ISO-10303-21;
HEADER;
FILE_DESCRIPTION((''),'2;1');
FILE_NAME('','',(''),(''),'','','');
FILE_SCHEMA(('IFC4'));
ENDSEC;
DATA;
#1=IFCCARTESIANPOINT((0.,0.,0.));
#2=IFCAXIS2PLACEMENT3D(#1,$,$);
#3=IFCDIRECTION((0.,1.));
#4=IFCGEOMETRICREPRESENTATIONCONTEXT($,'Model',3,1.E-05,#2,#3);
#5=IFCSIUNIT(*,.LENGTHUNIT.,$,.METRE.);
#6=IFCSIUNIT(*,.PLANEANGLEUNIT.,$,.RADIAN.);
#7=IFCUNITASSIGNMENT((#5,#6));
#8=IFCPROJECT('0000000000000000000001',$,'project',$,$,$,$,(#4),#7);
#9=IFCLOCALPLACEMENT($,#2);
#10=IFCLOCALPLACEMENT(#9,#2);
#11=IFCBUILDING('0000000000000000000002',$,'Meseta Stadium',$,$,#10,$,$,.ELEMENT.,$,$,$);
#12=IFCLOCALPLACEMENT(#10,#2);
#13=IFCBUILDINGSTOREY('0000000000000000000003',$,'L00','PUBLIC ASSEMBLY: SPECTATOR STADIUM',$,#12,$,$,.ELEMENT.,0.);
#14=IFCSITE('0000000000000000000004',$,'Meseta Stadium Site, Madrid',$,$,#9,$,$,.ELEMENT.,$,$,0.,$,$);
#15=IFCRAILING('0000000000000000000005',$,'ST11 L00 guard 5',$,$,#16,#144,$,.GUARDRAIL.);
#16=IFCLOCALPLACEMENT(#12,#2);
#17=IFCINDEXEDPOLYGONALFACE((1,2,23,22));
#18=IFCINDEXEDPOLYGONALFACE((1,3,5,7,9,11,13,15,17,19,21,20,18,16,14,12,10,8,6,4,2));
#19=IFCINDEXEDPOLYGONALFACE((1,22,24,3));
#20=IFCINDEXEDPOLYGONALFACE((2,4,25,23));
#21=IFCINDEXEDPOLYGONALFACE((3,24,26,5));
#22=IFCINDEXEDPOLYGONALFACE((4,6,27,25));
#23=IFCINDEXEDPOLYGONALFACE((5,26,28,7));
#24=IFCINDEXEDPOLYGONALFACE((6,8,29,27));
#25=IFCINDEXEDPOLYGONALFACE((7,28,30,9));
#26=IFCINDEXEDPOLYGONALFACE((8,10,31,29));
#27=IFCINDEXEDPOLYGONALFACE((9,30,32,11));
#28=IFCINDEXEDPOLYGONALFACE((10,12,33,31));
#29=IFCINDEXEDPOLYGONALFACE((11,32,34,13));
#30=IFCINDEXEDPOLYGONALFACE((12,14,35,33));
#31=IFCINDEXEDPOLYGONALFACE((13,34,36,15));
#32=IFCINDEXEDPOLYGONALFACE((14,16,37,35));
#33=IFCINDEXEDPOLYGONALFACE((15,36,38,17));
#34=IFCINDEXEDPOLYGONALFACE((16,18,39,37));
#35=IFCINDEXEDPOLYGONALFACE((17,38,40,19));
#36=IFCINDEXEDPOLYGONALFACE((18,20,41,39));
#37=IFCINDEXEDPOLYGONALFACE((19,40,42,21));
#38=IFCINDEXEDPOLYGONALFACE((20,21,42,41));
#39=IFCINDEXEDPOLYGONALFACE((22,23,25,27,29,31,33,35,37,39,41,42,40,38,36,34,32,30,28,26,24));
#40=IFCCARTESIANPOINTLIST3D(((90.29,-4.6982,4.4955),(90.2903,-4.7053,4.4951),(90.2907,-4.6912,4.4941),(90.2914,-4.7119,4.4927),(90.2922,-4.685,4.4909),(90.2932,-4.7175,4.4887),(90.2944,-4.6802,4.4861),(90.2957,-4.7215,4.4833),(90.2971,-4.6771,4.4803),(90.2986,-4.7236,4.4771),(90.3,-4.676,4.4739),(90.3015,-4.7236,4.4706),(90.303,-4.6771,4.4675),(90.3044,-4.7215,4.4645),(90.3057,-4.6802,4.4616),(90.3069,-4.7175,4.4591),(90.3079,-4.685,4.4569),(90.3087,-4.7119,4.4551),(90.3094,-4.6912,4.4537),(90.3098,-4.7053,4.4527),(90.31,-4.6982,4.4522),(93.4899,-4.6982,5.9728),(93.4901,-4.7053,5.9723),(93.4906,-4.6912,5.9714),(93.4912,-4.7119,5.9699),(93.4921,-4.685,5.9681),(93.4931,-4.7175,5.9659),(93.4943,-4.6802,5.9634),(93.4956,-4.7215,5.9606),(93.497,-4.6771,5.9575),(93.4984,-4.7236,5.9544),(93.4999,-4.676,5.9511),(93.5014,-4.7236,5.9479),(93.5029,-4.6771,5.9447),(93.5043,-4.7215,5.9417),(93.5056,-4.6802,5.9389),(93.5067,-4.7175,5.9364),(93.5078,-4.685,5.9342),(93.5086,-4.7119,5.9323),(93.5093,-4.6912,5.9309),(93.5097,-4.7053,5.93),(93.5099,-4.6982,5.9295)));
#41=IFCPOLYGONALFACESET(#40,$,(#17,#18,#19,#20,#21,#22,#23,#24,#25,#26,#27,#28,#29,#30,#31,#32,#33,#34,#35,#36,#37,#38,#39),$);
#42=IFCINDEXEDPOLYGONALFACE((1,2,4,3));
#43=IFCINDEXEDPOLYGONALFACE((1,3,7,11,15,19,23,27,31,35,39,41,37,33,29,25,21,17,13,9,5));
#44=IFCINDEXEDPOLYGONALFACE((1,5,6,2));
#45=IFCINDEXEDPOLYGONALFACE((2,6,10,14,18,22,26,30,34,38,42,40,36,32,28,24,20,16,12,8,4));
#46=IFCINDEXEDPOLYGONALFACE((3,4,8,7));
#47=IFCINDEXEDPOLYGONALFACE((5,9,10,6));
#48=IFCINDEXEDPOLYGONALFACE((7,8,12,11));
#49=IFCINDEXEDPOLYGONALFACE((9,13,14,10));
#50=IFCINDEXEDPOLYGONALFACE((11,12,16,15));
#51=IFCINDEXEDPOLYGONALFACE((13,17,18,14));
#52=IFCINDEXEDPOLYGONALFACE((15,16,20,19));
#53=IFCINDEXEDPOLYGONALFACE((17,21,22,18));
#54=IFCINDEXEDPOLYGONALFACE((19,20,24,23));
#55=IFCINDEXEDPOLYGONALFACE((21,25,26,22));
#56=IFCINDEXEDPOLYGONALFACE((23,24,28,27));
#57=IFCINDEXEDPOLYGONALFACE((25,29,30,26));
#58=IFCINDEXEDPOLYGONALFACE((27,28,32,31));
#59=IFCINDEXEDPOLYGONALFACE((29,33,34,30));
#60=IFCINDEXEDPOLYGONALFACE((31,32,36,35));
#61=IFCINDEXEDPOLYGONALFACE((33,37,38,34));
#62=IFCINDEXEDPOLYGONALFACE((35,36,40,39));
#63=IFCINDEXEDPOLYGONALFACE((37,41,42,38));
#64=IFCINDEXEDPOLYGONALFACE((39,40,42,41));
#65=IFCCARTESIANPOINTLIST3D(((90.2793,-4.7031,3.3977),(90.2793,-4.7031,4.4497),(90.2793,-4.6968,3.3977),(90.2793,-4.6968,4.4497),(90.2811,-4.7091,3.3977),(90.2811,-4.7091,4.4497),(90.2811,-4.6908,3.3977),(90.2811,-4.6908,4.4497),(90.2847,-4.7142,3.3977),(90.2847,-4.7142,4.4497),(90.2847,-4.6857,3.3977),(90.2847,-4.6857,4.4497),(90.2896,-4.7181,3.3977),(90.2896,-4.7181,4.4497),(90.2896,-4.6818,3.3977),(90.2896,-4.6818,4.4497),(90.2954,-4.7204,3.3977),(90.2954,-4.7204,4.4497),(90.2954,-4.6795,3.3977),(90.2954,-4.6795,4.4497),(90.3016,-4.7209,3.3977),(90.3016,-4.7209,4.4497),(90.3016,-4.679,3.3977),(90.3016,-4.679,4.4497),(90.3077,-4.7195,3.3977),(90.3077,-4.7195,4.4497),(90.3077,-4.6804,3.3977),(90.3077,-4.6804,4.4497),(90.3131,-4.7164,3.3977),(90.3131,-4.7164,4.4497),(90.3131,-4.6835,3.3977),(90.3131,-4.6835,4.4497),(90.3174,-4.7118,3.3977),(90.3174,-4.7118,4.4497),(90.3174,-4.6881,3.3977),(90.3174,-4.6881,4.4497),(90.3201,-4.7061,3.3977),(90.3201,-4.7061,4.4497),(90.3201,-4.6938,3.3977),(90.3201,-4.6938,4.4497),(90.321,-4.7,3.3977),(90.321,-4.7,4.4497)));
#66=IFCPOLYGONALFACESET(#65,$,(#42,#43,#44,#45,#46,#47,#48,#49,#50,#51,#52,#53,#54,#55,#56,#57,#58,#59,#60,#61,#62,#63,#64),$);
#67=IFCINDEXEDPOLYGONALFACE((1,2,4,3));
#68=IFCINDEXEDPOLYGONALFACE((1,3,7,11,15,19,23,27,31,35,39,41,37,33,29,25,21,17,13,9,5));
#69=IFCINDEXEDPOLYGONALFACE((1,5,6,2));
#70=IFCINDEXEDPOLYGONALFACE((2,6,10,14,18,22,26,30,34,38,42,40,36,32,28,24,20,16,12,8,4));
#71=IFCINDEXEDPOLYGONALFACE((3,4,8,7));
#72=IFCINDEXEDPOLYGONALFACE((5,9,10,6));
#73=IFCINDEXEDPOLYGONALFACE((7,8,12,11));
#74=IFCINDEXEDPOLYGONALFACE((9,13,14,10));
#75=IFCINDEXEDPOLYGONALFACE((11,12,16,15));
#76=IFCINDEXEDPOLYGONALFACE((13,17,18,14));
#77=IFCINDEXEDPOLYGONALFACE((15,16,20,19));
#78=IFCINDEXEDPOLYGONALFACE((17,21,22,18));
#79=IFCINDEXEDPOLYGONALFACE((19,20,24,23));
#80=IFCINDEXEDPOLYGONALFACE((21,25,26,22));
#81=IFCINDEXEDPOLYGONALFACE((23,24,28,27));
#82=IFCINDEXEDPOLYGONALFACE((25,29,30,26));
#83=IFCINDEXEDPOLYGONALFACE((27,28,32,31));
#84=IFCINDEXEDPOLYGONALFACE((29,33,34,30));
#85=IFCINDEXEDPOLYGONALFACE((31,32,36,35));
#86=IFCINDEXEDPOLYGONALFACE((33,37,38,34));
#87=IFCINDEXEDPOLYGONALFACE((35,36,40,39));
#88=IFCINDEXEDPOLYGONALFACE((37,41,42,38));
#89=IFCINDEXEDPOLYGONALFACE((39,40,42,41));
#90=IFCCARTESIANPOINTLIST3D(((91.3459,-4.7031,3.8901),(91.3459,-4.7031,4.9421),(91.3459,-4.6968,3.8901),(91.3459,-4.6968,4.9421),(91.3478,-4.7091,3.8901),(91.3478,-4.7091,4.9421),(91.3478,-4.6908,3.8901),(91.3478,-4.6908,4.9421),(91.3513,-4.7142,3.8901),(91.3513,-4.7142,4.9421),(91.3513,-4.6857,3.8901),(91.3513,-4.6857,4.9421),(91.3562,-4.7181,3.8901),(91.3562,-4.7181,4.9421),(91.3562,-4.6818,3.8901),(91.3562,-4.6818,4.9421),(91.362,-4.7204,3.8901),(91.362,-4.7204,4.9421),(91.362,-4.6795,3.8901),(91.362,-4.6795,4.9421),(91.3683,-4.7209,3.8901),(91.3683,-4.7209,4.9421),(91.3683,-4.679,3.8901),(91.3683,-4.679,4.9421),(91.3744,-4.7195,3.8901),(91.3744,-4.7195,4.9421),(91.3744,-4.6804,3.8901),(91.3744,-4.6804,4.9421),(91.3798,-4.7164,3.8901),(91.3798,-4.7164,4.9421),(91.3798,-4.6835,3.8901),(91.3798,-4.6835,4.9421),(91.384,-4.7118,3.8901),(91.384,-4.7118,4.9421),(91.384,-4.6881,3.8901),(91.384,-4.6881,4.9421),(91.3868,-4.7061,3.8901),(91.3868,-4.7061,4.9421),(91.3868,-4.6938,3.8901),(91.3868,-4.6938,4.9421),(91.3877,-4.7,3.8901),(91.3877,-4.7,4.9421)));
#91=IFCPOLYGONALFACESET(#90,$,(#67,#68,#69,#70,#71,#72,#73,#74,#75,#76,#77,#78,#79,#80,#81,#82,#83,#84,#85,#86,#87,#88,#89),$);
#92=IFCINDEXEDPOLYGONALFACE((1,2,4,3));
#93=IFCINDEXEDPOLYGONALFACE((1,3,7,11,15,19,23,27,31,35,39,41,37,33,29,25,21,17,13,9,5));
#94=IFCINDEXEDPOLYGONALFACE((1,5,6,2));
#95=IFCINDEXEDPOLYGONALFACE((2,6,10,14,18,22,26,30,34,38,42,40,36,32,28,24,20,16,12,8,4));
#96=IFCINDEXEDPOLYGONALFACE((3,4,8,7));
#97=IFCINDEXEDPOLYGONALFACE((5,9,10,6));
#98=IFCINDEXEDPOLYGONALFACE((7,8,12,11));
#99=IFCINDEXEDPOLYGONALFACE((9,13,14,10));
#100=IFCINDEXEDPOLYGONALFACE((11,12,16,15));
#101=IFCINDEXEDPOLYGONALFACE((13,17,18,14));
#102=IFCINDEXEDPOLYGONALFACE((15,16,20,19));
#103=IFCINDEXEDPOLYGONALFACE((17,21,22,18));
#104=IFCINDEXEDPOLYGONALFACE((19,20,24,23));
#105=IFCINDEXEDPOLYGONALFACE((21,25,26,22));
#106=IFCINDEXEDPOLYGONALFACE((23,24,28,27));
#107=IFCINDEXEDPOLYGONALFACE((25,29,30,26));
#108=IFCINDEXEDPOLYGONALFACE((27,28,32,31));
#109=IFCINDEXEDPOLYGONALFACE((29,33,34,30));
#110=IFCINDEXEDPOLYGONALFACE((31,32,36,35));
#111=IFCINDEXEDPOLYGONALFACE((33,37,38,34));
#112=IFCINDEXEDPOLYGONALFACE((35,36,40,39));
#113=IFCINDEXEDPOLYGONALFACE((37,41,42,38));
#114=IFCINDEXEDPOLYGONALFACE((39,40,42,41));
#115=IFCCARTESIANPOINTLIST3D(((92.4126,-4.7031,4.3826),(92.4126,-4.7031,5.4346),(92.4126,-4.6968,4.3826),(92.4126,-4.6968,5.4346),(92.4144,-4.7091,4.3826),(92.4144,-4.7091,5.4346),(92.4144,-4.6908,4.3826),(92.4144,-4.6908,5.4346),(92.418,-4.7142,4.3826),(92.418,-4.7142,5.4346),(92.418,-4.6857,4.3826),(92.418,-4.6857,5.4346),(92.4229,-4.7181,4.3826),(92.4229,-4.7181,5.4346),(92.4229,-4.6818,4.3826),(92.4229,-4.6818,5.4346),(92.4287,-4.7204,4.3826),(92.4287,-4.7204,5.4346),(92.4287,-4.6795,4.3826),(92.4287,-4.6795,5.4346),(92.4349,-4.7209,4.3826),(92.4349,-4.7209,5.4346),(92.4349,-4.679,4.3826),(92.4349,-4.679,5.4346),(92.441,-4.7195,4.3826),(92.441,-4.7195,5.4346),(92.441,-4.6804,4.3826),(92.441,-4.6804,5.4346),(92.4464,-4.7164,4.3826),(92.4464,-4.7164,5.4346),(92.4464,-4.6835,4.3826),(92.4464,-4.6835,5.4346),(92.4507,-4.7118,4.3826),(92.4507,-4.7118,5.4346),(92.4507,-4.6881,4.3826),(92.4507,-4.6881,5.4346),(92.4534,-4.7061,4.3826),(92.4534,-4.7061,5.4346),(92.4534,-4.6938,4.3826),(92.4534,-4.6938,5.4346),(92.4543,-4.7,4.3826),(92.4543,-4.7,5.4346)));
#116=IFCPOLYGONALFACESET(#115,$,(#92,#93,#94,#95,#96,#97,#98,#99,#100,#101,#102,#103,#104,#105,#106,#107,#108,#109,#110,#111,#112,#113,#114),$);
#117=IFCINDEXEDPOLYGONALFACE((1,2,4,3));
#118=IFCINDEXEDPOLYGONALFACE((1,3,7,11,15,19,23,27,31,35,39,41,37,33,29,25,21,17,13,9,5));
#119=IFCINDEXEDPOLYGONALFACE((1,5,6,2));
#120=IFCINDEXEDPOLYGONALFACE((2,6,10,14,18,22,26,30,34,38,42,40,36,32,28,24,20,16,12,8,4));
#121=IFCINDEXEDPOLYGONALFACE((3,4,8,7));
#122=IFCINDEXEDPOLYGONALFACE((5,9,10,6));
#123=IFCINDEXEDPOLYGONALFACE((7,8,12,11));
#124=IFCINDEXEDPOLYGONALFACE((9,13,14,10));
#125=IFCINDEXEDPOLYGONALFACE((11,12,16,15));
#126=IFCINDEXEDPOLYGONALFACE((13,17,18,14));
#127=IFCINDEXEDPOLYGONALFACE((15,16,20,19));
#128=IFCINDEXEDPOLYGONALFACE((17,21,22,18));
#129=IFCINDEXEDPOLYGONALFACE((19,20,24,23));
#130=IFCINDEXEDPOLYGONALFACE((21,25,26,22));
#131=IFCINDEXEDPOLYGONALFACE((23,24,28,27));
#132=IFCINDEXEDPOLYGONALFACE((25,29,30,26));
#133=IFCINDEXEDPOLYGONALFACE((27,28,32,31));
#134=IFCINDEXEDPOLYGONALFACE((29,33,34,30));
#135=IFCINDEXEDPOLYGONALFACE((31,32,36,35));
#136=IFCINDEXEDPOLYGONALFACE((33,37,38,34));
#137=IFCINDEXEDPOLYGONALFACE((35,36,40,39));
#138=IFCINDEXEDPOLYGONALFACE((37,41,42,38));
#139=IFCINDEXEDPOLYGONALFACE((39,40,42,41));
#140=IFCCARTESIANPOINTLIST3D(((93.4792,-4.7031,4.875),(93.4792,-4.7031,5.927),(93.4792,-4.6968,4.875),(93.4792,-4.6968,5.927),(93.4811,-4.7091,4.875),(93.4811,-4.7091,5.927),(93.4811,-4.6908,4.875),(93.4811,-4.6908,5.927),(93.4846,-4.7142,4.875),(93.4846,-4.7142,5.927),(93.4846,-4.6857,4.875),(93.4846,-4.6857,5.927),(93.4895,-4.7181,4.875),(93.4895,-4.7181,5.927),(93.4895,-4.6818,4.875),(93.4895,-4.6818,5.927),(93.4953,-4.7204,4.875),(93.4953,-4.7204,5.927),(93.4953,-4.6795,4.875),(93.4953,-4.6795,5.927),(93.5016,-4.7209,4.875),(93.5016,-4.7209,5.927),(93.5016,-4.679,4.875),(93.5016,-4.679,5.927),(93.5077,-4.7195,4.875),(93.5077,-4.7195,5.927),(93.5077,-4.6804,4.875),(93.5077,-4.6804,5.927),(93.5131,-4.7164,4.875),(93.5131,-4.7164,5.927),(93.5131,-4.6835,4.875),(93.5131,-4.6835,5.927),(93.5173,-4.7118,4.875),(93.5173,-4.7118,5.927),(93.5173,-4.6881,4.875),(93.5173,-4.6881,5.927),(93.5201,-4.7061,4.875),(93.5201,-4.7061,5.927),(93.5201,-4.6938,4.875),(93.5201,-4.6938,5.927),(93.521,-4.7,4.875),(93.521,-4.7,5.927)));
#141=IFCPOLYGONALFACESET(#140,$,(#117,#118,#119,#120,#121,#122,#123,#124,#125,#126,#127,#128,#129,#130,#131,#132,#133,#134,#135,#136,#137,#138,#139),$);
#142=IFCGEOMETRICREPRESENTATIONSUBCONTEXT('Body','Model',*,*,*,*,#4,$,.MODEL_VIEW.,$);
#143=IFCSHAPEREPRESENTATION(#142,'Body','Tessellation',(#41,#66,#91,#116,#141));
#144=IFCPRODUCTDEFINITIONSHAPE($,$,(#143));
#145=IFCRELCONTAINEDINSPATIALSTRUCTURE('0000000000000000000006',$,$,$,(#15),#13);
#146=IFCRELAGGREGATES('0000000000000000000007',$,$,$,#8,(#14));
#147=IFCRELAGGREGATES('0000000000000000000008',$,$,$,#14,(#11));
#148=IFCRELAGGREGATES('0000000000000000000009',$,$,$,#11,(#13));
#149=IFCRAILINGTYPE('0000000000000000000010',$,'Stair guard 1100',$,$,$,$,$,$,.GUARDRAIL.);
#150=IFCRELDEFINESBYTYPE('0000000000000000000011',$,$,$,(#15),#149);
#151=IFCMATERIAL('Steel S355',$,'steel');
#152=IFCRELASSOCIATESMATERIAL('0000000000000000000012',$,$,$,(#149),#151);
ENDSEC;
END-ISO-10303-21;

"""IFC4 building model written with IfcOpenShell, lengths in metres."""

from ifc_helpers import new_model, si_unit, direction, frame, origin, origin_2d, place, context, subcontext, project, spatial, circle, extrude, material, type_object, element, save


model = new_model("IFC4")

# Units and contexts
model_context = context("Model", 3, precision=1e-05, world=origin(), true_north=direction((0.0, 1.0)))
body_context = subcontext(model_context, "Body", "Model", "MODEL_VIEW")
ifc_project = project(units=[si_unit("LENGTHUNIT", "METRE"), si_unit("PLANEANGLEUNIT", "RADIAN")], contexts=[model_context])

# Site, building, storey
site_placement = place(None, origin())
site = spatial("IfcSite", under=ifc_project, at=site_placement, Name="Meseta Stadium Site, Madrid", CompositionType="ELEMENT", RefElevation=0.0)
building_placement = place(site_placement, origin())
building = spatial("IfcBuilding", under=site, at=building_placement, Name="Meseta Stadium", CompositionType="ELEMENT")
storey_placement = place(building_placement, origin())
storey = spatial("IfcBuildingStorey", under=building, at=storey_placement, Name="L00", Description="PUBLIC ASSEMBLY: SPECTATOR STADIUM", CompositionType="ELEMENT", Elevation=0.0)

# Railing
ifc_material_1 = material(Name="Steel S355", Category="steel")
railing_type_1 = type_object("IfcRailingType", Name="Stair guard 1100", PredefinedType="GUARDRAIL", material=ifc_material_1)
railing_1_placement = place(storey_placement, frame((90.3, -4.7, 3.3977)))
element("IfcRailing", 1, at=railing_1_placement, inside=storey, type_object=railing_type_1, Name="ST11 L00 guard 5", PredefinedType="GUARDRAIL", context=body_context, shape_type="SweptSolid", body=[
    extrude(circle(Radius=0.0239, at=origin_2d()), frame((0.0, 0.0, 1.0762), z_axis=(0.907917, 0.0, 0.41915), x_axis=(0.0, 1.0, 0.0)), (0.0, 0.0, 1.0), 3.5244),
    extrude(circle(Radius=0.021, at=origin_2d()), origin(), (0.0, 0.0, 1.0), 1.052),
    extrude(circle(Radius=0.021, at=origin_2d()), frame((1.0667, 0.0, 0.4924)), (0.0, 0.0, 1.0), 1.052),
    extrude(circle(Radius=0.021, at=origin_2d()), frame((2.1333, 0.0, 0.9849)), (0.0, 0.0, 1.0), 1.052),
    extrude(circle(Radius=0.021, at=origin_2d()), frame((3.2, 0.0, 1.4773)), (0.0, 0.0, 1.0), 1.052),
])

save(model, "model.ifc")
